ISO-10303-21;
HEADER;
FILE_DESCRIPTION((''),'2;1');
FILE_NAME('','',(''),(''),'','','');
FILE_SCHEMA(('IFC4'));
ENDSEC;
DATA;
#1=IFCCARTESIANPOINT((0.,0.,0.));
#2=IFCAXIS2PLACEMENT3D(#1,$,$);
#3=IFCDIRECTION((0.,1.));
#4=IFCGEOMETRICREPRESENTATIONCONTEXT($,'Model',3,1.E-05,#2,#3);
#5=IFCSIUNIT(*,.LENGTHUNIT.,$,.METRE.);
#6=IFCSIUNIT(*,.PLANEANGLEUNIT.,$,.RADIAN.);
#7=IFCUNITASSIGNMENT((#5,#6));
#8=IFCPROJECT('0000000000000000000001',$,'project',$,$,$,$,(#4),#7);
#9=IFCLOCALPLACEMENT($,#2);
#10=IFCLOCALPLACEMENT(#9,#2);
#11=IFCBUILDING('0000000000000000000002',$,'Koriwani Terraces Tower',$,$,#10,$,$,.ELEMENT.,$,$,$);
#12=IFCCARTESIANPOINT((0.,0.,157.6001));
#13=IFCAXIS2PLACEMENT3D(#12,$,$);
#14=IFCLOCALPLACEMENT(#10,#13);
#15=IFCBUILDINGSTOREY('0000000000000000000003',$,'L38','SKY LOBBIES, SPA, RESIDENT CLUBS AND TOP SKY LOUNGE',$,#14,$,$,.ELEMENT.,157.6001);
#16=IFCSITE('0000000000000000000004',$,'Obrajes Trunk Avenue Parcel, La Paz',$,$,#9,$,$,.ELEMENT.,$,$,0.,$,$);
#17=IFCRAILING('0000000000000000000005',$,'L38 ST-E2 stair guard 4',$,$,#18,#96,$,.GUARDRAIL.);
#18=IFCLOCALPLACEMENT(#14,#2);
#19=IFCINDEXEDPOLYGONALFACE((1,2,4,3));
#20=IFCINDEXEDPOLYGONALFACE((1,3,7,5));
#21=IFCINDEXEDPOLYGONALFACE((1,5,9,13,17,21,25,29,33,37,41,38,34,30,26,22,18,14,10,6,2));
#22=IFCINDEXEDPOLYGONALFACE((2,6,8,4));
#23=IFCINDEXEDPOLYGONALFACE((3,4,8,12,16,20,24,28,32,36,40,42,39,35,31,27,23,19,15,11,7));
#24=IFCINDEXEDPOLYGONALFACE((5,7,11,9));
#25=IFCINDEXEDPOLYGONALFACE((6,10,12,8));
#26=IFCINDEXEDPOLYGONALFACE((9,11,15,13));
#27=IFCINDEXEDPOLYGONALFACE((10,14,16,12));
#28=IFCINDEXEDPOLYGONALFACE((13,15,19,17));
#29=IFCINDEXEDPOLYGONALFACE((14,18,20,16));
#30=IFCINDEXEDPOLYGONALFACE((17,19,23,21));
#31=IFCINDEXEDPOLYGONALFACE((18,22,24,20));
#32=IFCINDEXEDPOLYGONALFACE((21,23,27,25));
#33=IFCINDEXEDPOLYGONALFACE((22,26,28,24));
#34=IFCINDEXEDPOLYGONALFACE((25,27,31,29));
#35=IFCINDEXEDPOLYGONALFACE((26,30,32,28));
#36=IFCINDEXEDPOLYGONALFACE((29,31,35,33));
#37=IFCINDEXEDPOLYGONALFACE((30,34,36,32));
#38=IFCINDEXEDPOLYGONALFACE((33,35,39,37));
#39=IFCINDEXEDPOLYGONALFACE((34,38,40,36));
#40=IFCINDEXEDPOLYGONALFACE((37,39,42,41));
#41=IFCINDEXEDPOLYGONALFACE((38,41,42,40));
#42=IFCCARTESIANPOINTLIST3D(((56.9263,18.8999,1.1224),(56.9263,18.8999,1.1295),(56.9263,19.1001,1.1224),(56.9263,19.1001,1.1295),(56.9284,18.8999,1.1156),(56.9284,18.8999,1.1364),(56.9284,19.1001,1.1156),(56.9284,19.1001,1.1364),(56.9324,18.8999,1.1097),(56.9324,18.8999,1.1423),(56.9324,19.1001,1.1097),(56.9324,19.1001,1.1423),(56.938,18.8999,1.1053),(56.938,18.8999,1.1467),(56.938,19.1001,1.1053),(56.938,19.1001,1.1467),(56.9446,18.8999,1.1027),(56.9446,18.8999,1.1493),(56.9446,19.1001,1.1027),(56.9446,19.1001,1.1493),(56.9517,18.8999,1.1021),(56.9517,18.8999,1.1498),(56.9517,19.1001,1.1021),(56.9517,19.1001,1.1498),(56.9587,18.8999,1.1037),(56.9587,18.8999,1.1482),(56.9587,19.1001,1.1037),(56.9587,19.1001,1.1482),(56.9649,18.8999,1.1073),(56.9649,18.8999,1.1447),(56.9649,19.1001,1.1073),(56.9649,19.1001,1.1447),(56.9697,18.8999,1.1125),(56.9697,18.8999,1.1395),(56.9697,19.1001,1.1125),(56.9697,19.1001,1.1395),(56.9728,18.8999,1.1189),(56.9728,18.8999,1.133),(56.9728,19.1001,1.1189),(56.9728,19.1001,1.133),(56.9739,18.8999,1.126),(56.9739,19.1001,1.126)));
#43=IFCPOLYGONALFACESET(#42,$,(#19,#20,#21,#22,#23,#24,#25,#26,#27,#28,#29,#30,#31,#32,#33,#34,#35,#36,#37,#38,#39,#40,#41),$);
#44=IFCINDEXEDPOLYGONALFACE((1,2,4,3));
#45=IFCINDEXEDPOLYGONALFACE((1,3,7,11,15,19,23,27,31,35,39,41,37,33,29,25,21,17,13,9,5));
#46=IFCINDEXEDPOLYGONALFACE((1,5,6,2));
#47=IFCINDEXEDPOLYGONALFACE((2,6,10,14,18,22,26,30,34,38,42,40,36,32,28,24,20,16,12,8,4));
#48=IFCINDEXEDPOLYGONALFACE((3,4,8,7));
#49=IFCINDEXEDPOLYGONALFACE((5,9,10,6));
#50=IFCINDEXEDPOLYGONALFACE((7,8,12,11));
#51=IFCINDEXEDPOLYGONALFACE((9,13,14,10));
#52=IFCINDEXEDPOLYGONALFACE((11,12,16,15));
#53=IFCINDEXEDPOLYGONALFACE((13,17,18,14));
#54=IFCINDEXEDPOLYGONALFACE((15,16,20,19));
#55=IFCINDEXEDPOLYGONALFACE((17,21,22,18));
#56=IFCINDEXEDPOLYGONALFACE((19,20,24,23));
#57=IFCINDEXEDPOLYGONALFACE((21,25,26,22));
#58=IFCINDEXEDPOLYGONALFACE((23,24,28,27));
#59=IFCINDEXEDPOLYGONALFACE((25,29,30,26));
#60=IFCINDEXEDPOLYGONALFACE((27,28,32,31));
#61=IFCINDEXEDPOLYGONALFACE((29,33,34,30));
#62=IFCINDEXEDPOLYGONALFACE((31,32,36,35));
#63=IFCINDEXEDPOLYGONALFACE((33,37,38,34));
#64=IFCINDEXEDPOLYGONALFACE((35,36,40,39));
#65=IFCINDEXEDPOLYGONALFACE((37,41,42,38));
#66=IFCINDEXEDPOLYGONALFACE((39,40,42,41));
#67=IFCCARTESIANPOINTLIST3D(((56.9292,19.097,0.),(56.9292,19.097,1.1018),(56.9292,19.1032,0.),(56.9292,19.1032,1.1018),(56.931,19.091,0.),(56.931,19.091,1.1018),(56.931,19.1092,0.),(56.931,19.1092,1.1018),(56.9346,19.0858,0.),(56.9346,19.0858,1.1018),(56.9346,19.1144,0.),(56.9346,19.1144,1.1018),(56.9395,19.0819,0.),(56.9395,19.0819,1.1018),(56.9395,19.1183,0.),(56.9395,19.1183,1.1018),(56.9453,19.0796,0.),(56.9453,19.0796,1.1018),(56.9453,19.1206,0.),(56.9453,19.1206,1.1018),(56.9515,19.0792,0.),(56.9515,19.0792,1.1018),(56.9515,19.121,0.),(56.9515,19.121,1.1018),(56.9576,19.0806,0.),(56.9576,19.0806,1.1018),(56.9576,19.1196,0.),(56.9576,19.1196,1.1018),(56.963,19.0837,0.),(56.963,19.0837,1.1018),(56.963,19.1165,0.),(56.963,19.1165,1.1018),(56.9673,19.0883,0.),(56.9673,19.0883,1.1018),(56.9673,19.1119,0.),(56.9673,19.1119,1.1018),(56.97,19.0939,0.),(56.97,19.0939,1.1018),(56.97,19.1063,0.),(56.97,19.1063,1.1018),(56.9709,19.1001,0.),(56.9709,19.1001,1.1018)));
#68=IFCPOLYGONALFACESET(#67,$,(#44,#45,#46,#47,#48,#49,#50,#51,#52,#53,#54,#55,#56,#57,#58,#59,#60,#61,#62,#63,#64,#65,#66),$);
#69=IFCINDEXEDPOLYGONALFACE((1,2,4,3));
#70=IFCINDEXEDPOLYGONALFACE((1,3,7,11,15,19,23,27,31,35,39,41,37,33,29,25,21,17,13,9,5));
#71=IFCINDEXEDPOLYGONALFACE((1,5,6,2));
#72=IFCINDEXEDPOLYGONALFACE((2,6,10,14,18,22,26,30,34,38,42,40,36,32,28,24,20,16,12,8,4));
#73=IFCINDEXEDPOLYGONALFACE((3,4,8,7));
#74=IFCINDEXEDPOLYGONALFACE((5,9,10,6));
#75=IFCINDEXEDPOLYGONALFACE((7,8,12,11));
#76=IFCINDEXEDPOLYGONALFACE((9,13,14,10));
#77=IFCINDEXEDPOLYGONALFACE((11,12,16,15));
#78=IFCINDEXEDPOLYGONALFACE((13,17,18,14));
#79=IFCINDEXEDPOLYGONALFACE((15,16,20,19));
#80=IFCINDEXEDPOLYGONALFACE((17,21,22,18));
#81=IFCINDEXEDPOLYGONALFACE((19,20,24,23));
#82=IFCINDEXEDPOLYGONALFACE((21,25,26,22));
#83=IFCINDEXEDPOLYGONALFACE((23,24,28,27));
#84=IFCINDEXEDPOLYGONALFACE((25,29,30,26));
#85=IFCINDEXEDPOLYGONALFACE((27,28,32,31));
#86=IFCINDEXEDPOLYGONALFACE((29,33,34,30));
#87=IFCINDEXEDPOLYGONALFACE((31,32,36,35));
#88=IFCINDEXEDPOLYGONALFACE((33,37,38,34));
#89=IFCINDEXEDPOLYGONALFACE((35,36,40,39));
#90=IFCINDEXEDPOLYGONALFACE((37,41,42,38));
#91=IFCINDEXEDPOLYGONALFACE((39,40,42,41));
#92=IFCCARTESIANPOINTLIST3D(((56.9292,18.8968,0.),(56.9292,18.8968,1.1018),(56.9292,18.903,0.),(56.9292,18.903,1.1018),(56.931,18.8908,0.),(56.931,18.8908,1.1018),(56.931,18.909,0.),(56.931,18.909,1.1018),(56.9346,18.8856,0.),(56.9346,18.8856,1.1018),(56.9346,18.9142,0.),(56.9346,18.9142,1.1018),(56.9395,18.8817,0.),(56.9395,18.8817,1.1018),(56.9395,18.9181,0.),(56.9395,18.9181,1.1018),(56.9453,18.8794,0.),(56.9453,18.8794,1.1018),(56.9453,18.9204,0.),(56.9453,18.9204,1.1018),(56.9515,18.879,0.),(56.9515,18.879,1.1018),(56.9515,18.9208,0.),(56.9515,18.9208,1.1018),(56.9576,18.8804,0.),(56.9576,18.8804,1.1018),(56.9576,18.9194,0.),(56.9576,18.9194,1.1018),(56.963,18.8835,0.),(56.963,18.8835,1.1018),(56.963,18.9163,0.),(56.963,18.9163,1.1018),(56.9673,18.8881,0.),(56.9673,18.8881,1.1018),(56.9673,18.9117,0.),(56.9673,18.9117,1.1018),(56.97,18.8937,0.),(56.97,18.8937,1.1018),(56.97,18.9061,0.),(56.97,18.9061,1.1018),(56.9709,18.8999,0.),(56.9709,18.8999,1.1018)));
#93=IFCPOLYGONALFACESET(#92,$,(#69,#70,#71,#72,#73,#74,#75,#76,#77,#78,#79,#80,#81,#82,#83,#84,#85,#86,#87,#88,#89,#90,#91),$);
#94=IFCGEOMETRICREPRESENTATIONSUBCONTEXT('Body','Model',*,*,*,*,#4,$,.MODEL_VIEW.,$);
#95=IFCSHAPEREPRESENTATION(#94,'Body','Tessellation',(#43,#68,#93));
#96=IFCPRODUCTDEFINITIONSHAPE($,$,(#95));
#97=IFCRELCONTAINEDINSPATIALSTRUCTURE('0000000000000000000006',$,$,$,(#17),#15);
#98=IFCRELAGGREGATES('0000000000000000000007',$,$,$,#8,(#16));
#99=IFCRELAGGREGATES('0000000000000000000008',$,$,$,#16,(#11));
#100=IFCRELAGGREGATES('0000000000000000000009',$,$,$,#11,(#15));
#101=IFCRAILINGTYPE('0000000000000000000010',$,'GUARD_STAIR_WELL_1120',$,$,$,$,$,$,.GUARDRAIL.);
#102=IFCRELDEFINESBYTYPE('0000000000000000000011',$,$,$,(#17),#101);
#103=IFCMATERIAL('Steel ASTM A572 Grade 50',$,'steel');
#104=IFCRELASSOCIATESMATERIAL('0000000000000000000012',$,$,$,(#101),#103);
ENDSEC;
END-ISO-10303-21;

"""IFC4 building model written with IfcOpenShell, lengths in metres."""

from ifc_helpers import new_model, si_unit, direction, frame, origin, origin_2d, place, context, subcontext, project, spatial, circle, extrude, material, type_object, element, save


model = new_model("IFC4")

# Units and contexts
model_context = context("Model", 3, precision=1e-05, world=origin(), true_north=direction((0.0, 1.0)))
body_context = subcontext(model_context, "Body", "Model", "MODEL_VIEW")
ifc_project = project(units=[si_unit("LENGTHUNIT", "METRE"), si_unit("PLANEANGLEUNIT", "RADIAN")], contexts=[model_context])

# Site, building, storey
site_placement = place(None, origin())
site = spatial("IfcSite", under=ifc_project, at=site_placement, Name="Obrajes Trunk Avenue Parcel, La Paz", CompositionType="ELEMENT", RefElevation=0.0)
building_placement = place(site_placement, origin())
building = spatial("IfcBuilding", under=site, at=building_placement, Name="Koriwani Terraces Tower", CompositionType="ELEMENT")
storey_placement = place(building_placement, frame((0.0, 0.0, 157.6001)))
storey = spatial("IfcBuildingStorey", under=building, at=storey_placement, Name="L38", Description="SKY LOBBIES, SPA, RESIDENT CLUBS AND TOP SKY LOUNGE", CompositionType="ELEMENT", Elevation=157.6001)

# Shared definitions
ifc_material_1 = material(Name="Steel ASTM A572 Grade 50", Category="steel")

# Railing
railing_type_1 = type_object("IfcRailingType", Name="GUARD_STAIR_WELL_1120", PredefinedType="GUARDRAIL", material=ifc_material_1)
railing_1_placement = place(storey_placement, frame((56.95, 19.1001, 0.0)))
element("IfcRailing", 1, at=railing_1_placement, inside=storey, type_object=railing_type_1, Name="L38 ST-E2 stair guard 4", PredefinedType="GUARDRAIL", context=body_context, shape_type="SweptSolid", body=[
    extrude(circle(Radius=0.0239, at=origin_2d()), frame((0.0, 0.0, 1.126), z_axis=(0.0, -1.0, 0.0), x_axis=(1.0, 0.0, 0.0)), (0.0, 0.0, 1.0), 0.2002),
    extrude(circle(Radius=0.021, at=origin_2d()), origin(), (0.0, 0.0, 1.0), 1.1018),
    extrude(circle(Radius=0.021, at=origin_2d()), frame((0.0, -0.2002, 0.0)), (0.0, 0.0, 1.0), 1.1018),
])

save(model, "model.ifc")
